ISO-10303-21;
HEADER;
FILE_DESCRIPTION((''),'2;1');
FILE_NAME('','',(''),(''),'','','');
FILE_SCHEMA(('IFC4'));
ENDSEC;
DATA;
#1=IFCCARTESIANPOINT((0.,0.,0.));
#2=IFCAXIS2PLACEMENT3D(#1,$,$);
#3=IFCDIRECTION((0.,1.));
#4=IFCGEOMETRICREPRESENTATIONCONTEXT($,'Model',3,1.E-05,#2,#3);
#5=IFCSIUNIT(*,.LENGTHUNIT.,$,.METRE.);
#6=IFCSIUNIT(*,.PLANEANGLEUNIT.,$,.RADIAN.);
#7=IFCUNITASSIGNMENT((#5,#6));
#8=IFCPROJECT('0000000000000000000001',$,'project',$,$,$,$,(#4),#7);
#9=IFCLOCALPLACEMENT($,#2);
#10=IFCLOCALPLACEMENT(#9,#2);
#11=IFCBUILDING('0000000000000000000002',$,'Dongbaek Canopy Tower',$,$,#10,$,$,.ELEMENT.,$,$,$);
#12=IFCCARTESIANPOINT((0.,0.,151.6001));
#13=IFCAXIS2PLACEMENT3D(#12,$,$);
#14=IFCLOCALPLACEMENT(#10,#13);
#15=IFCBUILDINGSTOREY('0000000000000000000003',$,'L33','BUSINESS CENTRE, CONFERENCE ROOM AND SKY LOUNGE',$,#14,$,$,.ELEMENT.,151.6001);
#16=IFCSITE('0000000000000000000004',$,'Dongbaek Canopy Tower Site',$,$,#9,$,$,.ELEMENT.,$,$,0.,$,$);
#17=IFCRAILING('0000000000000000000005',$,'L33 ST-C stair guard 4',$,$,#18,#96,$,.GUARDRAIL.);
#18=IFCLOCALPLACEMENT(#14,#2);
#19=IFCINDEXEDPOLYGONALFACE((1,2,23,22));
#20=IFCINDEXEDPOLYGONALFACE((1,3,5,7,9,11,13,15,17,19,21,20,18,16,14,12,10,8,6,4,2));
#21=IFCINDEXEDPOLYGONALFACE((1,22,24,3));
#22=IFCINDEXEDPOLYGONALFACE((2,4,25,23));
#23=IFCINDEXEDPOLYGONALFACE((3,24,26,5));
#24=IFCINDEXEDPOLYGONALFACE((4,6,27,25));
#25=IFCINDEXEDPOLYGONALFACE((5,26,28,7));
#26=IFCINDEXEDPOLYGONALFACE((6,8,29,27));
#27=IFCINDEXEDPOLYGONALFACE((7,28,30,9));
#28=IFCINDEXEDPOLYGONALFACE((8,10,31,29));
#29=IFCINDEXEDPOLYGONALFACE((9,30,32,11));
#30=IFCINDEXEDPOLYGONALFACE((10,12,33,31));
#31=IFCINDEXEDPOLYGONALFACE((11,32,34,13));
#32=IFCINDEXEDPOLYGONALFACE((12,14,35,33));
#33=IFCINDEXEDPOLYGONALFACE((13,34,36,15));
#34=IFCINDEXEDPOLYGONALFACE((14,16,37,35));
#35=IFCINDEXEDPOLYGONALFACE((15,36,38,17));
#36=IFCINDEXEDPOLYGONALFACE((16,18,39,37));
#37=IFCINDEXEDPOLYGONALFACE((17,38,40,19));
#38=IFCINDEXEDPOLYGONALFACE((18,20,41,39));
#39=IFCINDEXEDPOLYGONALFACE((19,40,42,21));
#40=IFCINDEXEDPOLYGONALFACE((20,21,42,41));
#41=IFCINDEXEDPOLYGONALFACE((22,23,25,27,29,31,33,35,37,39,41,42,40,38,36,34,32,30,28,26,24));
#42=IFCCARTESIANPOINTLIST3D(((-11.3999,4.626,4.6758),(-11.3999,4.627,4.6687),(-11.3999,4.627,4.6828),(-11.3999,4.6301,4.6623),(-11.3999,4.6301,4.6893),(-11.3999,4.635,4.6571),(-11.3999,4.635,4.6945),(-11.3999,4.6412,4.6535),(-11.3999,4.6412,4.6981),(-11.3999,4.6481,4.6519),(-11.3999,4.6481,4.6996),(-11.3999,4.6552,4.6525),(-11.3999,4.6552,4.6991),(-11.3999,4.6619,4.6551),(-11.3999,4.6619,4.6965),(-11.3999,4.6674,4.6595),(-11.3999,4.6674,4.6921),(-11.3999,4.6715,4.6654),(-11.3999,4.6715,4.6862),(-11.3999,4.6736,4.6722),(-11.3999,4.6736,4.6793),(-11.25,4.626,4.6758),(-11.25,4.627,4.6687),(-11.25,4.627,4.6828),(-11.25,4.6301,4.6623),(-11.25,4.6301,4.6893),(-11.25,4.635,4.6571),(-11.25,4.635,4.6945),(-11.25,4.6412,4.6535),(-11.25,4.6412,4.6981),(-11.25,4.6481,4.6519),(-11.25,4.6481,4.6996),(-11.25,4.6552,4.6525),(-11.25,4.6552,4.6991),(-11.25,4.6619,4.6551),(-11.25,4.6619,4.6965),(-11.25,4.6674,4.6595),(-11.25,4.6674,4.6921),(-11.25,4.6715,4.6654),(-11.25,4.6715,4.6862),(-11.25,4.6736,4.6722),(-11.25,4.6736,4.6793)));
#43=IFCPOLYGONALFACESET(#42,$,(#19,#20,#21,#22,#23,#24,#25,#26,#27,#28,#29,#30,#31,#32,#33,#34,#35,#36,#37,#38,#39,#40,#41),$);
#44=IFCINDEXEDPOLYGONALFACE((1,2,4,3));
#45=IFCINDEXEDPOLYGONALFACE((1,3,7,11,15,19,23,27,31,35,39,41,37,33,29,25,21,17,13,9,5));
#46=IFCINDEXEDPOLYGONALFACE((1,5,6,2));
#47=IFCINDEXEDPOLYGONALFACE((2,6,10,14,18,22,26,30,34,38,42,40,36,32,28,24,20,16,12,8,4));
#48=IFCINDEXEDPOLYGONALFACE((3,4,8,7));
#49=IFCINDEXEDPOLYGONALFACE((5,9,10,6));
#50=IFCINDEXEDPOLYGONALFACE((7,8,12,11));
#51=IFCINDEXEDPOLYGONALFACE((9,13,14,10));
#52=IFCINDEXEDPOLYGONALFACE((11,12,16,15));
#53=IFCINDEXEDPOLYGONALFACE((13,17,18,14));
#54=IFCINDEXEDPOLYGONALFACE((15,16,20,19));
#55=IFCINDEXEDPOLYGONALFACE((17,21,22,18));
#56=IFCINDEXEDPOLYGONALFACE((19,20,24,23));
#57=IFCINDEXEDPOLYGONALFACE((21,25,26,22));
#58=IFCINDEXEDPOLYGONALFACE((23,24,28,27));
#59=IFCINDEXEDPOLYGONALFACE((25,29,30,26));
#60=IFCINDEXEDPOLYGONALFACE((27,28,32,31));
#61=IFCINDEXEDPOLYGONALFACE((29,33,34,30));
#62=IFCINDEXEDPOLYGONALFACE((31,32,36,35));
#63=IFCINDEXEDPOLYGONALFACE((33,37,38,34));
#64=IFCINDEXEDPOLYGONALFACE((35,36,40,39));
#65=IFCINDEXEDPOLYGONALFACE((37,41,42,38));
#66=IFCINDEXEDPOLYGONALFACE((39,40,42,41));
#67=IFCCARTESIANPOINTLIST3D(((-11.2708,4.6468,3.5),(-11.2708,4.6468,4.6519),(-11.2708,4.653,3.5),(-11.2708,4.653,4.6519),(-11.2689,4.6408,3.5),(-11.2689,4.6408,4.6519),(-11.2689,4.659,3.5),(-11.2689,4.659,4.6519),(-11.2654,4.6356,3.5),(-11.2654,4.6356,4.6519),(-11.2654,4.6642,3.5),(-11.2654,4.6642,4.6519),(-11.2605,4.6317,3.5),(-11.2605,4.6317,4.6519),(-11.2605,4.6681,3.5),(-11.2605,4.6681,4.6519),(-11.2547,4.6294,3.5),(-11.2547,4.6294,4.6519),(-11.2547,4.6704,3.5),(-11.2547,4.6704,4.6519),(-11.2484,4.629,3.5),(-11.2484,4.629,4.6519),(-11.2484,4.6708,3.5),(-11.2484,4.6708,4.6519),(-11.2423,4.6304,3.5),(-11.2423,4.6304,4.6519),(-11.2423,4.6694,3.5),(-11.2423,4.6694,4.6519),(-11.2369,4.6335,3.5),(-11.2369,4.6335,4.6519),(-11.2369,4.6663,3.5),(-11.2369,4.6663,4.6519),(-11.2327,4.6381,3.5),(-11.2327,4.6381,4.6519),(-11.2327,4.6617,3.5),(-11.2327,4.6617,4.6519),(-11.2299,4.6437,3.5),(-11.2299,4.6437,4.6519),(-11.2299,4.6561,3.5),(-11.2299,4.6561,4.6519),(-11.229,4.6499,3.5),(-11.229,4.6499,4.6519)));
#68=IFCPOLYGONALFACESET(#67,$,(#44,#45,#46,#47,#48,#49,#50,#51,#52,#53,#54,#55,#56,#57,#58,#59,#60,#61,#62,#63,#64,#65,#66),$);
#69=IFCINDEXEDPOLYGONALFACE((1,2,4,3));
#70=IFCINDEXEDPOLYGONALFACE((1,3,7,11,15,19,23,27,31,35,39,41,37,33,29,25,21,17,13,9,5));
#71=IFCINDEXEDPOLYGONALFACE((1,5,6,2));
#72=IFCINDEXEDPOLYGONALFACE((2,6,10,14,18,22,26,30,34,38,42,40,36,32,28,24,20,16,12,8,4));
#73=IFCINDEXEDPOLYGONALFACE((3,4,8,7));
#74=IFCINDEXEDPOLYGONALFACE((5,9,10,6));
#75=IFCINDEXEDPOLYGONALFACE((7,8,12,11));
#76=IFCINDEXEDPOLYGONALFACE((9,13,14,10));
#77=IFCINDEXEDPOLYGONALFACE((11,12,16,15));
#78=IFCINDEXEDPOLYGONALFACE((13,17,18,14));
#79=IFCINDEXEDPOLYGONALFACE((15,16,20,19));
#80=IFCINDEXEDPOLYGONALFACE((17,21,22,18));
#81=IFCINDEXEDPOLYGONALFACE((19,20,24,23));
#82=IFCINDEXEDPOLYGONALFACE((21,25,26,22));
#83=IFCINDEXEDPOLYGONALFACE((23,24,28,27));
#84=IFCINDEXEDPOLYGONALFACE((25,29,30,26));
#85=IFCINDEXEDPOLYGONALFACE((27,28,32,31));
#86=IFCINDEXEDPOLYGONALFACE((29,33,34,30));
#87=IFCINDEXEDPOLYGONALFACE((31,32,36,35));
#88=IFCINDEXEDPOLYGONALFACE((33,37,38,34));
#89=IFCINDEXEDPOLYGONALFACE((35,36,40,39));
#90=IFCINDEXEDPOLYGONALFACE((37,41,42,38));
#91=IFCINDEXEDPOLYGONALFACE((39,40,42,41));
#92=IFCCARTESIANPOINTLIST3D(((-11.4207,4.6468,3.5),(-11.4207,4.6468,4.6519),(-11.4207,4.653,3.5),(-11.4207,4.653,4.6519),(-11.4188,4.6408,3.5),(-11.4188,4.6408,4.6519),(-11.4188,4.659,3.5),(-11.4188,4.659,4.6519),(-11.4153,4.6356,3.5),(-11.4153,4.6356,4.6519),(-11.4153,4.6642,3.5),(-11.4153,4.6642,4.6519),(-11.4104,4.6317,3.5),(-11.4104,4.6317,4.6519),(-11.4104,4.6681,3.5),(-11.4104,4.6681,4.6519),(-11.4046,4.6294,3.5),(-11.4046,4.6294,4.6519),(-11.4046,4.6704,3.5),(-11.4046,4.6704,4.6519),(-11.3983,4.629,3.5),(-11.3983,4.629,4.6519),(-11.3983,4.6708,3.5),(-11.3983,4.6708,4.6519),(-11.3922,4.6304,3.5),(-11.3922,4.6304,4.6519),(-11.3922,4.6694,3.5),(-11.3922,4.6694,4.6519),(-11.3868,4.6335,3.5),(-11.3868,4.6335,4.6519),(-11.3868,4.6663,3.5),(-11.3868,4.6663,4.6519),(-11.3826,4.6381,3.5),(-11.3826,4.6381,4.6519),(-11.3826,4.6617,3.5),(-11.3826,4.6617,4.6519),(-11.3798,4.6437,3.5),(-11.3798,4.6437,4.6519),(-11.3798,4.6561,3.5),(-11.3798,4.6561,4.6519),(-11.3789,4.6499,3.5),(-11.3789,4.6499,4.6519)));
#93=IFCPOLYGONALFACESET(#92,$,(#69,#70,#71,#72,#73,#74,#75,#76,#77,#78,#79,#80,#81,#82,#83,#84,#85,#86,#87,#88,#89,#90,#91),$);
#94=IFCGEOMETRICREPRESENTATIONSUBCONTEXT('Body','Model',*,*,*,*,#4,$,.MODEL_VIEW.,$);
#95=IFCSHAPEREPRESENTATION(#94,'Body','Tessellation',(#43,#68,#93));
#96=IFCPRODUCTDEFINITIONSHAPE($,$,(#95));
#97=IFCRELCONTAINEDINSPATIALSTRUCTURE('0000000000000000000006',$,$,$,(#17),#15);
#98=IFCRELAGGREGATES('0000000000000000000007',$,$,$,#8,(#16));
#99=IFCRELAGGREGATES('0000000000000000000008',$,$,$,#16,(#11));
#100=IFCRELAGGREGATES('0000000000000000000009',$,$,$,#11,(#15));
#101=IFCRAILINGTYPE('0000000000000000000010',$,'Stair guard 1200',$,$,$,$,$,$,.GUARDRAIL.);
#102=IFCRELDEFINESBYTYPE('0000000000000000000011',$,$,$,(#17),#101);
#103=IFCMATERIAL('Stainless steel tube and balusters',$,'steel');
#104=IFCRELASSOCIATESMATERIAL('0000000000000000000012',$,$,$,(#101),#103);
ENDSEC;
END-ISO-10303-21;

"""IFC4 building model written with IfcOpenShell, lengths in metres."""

from ifc_helpers import new_model, si_unit, direction, frame, origin, origin_2d, place, context, subcontext, project, spatial, circle, extrude, material, type_object, element, save


model = new_model("IFC4")

# Units and contexts
model_context = context("Model", 3, precision=1e-05, world=origin(), true_north=direction((0.0, 1.0)))
body_context = subcontext(model_context, "Body", "Model", "MODEL_VIEW")
ifc_project = project(units=[si_unit("LENGTHUNIT", "METRE"), si_unit("PLANEANGLEUNIT", "RADIAN")], contexts=[model_context])

# Site, building, storey
site_placement = place(None, origin())
site = spatial("IfcSite", under=ifc_project, at=site_placement, Name="Dongbaek Canopy Tower Site", CompositionType="ELEMENT", RefElevation=0.0)
building_placement = place(site_placement, origin())
building = spatial("IfcBuilding", under=site, at=building_placement, Name="Dongbaek Canopy Tower", CompositionType="ELEMENT")
storey_placement = place(building_placement, frame((0.0, 0.0, 151.6001)))
storey = spatial("IfcBuildingStorey", under=building, at=storey_placement, Name="L33", Description="BUSINESS CENTRE, CONFERENCE ROOM AND SKY LOUNGE", CompositionType="ELEMENT", Elevation=151.6001)

# Railing
ifc_material_1 = material(Name="Stainless steel tube and balusters", Category="steel")
railing_type_1 = type_object("IfcRailingType", Name="Stair guard 1200", PredefinedType="GUARDRAIL", material=ifc_material_1)
railing_1_placement = place(storey_placement, frame((-11.25, 4.6499, 3.5)))
element("IfcRailing", 1, at=railing_1_placement, inside=storey, type_object=railing_type_1, Name="L33 ST-C stair guard 4", PredefinedType="GUARDRAIL", context=body_context, shape_type="SweptSolid", body=[
    extrude(circle(Radius=0.0239, at=origin_2d()), frame((0.0, 0.0, 1.1758), z_axis=(-1.0, 0.0, 0.0), x_axis=(0.0, -1.0, 0.0)), (0.0, 0.0, 1.0), 0.1499),
    extrude(circle(Radius=0.021, at=origin_2d()), origin(), (0.0, 0.0, 1.0), 1.1519),
    extrude(circle(Radius=0.021, at=origin_2d()), frame((-0.1499, 0.0, 0.0)), (0.0, 0.0, 1.0), 1.1519),
])

save(model, "model.ifc")
